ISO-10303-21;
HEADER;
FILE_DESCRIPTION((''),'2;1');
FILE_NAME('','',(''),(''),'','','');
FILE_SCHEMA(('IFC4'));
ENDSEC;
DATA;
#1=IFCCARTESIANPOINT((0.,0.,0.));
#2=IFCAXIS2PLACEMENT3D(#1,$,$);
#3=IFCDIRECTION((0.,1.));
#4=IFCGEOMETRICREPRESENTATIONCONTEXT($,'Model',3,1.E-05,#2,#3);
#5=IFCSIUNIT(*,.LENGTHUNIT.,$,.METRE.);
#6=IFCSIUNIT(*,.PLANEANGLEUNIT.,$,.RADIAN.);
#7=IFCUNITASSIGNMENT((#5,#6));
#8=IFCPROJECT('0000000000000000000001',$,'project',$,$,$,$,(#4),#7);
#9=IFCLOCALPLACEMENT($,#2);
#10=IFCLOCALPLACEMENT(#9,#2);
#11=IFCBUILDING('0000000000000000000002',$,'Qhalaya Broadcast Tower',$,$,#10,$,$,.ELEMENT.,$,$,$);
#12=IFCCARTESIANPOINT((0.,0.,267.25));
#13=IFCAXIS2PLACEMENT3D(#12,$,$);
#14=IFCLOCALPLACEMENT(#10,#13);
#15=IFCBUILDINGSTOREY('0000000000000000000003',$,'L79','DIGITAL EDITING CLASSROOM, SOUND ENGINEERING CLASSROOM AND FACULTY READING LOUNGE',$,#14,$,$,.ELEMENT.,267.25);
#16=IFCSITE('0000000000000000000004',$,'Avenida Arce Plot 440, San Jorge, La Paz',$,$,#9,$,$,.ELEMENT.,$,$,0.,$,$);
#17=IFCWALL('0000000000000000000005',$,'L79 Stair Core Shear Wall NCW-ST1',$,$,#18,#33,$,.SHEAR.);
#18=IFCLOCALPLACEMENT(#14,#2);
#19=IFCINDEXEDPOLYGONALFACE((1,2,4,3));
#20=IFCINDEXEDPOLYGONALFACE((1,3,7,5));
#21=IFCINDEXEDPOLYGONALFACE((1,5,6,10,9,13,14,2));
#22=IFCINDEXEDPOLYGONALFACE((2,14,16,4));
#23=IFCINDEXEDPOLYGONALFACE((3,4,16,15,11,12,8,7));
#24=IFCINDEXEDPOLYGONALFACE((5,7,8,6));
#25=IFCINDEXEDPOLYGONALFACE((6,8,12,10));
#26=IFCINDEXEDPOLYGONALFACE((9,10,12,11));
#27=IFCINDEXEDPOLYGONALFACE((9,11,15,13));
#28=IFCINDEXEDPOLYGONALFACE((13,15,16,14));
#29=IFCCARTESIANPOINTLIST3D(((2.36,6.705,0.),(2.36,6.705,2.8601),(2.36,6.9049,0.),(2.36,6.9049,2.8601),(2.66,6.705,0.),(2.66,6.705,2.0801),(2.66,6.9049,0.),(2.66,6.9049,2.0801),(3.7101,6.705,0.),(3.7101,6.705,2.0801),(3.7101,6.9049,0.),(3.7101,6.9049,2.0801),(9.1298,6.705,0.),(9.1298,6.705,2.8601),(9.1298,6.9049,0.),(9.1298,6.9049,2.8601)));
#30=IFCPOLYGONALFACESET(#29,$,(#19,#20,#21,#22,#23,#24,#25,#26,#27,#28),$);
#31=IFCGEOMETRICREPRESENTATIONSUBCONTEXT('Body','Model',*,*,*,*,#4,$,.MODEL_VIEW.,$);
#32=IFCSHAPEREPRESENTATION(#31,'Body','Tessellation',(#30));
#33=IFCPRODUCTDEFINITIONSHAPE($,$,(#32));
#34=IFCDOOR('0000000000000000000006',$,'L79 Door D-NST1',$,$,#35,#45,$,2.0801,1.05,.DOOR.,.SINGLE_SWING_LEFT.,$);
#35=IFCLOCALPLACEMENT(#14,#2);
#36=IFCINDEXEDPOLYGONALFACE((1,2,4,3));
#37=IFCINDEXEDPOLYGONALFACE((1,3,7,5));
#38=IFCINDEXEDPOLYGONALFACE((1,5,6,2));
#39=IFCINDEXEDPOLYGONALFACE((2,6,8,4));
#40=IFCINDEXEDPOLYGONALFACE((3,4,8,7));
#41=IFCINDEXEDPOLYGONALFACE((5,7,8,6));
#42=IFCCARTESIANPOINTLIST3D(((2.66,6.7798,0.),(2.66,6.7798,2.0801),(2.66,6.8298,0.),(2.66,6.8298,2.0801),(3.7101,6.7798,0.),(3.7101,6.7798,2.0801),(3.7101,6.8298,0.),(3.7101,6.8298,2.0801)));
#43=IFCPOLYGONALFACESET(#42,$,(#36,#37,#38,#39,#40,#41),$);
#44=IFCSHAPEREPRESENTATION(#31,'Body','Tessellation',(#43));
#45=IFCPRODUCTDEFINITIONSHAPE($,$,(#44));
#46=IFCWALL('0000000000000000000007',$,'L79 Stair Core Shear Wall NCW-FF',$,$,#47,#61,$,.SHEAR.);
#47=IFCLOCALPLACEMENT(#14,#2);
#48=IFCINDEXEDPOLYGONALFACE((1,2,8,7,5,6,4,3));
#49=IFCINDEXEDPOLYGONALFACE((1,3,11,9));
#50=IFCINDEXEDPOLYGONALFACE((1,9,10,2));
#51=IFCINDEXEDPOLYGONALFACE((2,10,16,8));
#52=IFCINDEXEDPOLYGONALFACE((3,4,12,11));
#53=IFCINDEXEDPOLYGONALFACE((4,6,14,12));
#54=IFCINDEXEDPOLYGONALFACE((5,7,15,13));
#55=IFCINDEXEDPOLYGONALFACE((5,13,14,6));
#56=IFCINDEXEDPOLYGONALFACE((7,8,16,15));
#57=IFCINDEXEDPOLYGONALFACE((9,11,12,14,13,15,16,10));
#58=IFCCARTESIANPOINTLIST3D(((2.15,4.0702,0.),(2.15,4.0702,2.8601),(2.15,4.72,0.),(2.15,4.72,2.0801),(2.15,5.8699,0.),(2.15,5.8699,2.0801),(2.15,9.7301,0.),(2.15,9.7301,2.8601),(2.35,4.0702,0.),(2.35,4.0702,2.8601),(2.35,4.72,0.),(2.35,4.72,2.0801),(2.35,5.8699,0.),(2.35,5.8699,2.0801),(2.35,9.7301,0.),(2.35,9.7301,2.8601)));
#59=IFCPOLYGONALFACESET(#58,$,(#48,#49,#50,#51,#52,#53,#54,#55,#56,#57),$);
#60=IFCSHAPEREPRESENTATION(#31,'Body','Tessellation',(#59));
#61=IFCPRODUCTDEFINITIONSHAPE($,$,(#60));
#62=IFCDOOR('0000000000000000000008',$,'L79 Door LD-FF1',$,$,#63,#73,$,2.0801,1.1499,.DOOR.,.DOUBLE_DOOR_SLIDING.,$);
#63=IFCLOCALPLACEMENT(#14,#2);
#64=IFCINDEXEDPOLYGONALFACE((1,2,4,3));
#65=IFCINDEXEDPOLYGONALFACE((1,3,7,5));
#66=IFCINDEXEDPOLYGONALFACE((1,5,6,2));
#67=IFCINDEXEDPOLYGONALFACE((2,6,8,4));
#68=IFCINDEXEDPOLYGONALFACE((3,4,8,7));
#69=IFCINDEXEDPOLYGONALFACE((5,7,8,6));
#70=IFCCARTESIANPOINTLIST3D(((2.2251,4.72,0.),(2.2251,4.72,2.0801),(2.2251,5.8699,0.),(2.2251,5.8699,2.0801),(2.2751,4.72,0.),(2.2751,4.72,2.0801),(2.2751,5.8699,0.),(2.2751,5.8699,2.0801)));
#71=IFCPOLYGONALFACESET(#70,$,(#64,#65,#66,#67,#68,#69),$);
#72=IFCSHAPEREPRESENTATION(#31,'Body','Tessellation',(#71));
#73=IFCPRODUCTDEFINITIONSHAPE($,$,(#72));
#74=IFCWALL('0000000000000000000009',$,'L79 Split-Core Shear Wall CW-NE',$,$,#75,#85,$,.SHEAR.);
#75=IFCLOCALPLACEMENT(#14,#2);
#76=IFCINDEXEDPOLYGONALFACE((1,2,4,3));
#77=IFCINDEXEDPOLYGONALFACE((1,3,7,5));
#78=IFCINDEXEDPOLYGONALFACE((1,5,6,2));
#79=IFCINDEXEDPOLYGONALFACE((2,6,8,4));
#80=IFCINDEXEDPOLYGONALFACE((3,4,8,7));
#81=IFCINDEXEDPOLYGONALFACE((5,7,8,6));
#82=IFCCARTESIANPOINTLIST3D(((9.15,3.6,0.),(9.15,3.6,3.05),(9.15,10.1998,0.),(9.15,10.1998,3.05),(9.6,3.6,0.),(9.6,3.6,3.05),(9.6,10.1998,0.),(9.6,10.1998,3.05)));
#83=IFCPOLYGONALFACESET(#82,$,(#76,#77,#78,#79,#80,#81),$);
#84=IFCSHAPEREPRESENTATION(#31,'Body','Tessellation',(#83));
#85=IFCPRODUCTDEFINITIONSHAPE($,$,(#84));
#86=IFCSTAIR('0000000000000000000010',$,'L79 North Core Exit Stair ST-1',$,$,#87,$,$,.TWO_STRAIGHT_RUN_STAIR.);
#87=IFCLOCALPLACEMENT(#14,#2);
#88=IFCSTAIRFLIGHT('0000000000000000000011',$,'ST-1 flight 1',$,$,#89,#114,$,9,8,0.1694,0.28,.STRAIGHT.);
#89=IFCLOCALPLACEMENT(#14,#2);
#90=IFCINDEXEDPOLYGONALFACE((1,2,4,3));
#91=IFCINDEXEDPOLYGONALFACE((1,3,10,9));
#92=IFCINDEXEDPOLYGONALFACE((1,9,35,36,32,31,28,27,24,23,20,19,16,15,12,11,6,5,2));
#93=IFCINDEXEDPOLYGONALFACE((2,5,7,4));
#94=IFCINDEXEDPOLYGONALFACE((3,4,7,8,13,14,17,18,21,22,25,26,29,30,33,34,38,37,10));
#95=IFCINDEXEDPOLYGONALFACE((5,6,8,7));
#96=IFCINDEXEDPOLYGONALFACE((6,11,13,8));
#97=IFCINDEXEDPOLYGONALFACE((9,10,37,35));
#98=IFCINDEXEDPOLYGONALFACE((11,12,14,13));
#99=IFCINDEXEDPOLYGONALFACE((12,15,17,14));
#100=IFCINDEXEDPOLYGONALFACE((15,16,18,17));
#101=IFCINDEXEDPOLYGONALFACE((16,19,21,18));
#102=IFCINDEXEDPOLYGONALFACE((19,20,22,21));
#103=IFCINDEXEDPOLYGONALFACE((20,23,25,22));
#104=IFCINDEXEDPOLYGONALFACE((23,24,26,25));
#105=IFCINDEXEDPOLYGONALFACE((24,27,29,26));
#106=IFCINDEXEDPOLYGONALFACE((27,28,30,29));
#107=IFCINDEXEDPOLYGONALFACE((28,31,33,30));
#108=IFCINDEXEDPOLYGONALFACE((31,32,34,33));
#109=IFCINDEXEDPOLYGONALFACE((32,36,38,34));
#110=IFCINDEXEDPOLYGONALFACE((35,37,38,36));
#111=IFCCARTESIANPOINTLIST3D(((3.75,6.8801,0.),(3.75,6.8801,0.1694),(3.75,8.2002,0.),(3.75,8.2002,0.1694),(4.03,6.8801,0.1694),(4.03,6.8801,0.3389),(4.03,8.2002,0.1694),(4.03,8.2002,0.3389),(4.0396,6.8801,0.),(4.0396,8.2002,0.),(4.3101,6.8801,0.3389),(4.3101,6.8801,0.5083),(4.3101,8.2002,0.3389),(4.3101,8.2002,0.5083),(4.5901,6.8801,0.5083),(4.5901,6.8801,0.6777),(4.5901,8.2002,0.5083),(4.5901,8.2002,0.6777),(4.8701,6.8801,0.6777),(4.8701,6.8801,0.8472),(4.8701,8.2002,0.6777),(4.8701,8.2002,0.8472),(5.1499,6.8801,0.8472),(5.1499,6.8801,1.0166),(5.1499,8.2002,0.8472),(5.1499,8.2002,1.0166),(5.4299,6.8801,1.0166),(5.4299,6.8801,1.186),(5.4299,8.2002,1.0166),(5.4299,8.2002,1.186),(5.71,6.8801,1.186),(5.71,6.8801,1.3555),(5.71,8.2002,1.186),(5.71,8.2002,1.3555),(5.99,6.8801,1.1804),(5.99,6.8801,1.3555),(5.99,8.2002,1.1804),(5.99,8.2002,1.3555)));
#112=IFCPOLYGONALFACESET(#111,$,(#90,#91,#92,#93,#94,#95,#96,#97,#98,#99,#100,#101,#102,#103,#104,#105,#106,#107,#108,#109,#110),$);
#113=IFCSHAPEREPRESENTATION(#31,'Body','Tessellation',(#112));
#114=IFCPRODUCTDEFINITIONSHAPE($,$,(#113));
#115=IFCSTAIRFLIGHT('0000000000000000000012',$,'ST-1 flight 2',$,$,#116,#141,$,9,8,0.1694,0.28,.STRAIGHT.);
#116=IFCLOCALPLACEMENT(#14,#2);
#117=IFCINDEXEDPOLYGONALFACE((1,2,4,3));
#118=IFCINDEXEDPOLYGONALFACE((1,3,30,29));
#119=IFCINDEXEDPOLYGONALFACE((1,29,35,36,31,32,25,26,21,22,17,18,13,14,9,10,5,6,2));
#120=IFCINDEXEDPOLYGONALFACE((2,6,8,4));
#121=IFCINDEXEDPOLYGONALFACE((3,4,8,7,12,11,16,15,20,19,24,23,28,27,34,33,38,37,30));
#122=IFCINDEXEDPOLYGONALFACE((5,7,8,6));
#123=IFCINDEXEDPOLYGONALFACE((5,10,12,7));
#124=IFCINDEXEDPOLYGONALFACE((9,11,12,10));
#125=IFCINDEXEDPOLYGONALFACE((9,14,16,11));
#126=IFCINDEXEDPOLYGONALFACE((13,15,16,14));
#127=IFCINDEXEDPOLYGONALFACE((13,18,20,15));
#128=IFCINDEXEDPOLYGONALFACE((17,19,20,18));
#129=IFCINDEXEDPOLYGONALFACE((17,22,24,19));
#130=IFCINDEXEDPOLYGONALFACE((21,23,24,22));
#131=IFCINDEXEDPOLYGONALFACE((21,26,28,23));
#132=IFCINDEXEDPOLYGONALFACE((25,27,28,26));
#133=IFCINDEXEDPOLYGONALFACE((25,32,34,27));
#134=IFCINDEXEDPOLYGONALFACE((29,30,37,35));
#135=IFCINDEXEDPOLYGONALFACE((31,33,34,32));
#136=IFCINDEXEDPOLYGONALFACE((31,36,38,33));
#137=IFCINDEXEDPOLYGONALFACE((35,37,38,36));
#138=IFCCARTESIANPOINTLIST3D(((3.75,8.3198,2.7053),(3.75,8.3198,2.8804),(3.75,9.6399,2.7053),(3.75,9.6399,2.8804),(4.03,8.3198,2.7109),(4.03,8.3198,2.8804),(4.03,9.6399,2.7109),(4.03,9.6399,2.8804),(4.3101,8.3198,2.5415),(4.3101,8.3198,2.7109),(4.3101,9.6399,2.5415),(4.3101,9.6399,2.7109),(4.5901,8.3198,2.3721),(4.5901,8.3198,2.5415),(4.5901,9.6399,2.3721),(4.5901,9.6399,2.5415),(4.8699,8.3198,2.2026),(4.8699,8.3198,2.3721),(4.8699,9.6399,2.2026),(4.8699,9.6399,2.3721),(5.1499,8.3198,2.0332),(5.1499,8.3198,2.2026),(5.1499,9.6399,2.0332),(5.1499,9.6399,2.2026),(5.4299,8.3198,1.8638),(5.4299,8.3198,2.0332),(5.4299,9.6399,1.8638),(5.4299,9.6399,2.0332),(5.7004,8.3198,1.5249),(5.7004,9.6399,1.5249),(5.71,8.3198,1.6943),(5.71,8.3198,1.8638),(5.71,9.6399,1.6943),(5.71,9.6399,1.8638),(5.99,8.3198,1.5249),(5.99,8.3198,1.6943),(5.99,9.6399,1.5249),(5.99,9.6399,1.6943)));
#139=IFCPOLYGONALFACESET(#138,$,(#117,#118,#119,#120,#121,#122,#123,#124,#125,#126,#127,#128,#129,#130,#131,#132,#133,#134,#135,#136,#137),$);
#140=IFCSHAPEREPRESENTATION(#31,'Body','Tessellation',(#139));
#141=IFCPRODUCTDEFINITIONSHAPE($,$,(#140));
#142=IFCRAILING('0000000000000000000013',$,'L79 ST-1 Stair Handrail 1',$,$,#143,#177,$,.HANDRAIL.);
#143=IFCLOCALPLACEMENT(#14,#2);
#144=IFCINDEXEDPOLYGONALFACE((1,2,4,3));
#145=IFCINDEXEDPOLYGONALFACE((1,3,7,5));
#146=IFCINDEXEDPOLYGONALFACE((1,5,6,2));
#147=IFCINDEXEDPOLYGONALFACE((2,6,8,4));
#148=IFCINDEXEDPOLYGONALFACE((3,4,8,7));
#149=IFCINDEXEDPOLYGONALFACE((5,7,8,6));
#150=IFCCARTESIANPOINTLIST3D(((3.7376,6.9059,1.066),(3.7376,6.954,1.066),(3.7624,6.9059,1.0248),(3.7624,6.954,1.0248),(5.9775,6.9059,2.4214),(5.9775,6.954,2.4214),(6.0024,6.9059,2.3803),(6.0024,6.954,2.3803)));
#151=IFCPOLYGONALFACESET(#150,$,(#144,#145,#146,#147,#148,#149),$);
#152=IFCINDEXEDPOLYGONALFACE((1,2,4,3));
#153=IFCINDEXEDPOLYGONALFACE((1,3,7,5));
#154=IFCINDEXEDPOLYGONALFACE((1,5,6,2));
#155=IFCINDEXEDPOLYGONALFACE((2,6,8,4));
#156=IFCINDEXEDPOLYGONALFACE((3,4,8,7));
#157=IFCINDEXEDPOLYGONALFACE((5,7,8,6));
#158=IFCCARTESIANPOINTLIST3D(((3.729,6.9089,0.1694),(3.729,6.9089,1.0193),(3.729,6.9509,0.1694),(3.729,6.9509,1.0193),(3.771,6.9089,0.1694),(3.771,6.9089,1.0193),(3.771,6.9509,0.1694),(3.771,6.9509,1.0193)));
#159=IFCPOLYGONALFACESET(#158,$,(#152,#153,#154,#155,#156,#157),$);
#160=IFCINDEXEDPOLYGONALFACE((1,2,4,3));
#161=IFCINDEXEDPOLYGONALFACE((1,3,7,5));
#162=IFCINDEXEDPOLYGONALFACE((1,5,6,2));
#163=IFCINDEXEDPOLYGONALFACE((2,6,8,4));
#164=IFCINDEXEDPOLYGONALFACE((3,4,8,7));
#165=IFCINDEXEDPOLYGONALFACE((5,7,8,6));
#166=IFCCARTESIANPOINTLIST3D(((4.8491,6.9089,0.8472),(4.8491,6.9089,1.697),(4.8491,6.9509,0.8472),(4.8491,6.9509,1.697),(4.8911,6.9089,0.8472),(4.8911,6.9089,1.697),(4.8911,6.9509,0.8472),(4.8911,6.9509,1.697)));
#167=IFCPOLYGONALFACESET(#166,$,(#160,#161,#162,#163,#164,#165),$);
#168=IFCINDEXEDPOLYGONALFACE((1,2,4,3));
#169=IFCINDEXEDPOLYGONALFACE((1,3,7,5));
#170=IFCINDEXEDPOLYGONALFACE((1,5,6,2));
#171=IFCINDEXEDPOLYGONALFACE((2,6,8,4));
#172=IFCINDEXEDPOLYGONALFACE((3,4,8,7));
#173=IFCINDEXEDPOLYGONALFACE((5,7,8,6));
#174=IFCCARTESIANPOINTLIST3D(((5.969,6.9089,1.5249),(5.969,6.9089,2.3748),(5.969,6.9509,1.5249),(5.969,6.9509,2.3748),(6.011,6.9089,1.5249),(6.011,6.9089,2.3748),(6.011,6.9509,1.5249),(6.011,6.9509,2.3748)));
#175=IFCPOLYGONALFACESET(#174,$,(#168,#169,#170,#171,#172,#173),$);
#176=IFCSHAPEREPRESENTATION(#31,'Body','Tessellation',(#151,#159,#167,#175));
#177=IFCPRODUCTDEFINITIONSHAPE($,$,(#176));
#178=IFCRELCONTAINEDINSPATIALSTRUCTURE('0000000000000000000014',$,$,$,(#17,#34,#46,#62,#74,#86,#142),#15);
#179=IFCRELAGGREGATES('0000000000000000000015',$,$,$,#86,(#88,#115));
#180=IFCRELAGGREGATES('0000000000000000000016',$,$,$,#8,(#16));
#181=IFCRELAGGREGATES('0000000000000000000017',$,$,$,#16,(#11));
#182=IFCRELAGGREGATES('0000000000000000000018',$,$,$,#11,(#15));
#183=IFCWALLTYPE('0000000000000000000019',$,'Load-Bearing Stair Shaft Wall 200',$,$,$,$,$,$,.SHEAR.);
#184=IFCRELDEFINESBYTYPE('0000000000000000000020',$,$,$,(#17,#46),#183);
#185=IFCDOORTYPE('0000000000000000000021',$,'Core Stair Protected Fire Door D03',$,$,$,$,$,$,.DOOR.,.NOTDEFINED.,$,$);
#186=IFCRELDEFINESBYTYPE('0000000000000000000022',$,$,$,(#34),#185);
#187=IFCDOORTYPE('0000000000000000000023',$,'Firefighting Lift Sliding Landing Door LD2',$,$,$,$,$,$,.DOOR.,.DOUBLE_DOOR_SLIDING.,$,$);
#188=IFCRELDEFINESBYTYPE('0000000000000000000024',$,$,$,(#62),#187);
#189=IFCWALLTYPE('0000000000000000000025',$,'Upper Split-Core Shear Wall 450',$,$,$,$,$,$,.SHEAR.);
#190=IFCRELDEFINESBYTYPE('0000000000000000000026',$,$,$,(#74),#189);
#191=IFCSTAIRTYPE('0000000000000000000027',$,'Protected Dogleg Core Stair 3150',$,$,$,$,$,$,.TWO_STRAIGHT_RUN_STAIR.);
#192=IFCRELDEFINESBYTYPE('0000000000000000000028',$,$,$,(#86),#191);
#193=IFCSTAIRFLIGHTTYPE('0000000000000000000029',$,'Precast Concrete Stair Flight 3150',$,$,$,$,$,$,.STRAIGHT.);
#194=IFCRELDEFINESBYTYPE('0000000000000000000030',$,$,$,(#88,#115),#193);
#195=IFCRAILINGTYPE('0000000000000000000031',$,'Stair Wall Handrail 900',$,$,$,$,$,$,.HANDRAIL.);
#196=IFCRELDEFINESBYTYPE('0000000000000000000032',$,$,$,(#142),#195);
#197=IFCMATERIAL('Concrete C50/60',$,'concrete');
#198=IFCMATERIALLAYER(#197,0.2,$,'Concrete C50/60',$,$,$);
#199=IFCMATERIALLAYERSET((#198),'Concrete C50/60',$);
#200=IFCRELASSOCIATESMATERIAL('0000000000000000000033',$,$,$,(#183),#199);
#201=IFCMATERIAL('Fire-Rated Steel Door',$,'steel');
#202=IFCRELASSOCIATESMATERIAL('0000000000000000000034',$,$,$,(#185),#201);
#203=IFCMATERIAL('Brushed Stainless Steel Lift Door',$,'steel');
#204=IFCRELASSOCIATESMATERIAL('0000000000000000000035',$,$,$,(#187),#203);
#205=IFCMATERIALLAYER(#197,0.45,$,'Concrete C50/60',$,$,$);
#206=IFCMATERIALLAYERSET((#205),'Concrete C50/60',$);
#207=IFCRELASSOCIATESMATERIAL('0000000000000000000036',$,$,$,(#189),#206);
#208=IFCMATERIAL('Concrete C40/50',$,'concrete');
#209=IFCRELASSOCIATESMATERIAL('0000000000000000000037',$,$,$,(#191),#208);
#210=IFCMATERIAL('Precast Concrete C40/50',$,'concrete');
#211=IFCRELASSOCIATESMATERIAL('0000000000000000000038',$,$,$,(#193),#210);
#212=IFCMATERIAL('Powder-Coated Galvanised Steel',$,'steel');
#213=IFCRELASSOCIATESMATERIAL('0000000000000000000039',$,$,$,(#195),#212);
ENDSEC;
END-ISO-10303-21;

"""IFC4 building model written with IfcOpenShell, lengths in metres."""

from ifc_helpers import new_model, si_unit, direction, frame, frame_2d, origin, origin_2d, place, context, subcontext, project, spatial, polyline, rectangle, outline, extrude, material, layer, layer_set, type_object, element, fill, aggregate, save


model = new_model("IFC4")

# Units and contexts
model_context = context("Model", 3, precision=1e-05, world=origin(), true_north=direction((0.0, 1.0)))
body_context = subcontext(model_context, "Body", "Model", "MODEL_VIEW")
ifc_project = project(units=[si_unit("LENGTHUNIT", "METRE"), si_unit("PLANEANGLEUNIT", "RADIAN")], contexts=[model_context])

# Site, building, storey
site_placement = place(None, origin())
site = spatial("IfcSite", under=ifc_project, at=site_placement, Name="Avenida Arce Plot 440, San Jorge, La Paz", CompositionType="ELEMENT", RefElevation=0.0)
building_placement = place(site_placement, origin())
building = spatial("IfcBuilding", under=site, at=building_placement, Name="Qhalaya Broadcast Tower", CompositionType="ELEMENT")
storey_placement = place(building_placement, frame((0.0, 0.0, 267.25)))
storey = spatial("IfcBuildingStorey", under=building, at=storey_placement, Name="L79", Description="DIGITAL EDITING CLASSROOM, SOUND ENGINEERING CLASSROOM AND FACULTY READING LOUNGE", CompositionType="ELEMENT", Elevation=267.25)

# Shared definitions
ifc_material_1 = material(Name="Concrete C50/60", Category="concrete")

# Walls, openings, doors
ifc_layer_1 = layer(ifc_material_1, 0.2, Name="Concrete C50/60")
ifc_layer_set_1 = layer_set([ifc_layer_1], Name="Concrete C50/60")
wall_type_1 = type_object("IfcWallType", Name="Load-Bearing Stair Shaft Wall 200", PredefinedType="SHEAR", material=ifc_layer_set_1)
wall_1_placement = place(storey_placement, frame((2.3601, 6.8049, 0.0), z_axis=(0.0, 0.0, 1.0), x_axis=(1.0, 0.0, 0.0)))
wall_1 = element("IfcWall", 1, at=wall_1_placement, inside=storey, type_object=wall_type_1, Name="L79 Stair Core Shear Wall NCW-ST1", PredefinedType="SHEAR", context=body_context, shape_type="SweptSolid", body=[
    extrude(rectangle(XDim=6.7698, YDim=0.2, at=frame_2d((3.3848, 0.0))), origin(), (0.0, 0.0, 1.0), 2.8601),
])
opening_1_placement = place(wall_1_placement, frame((0.3, 0.0, 0.0)))
opening_1 = element("IfcOpeningElement", 2, at=opening_1_placement, cuts=wall_1, PredefinedType="OPENING", context=body_context, shape_type="SweptSolid", body=[
    extrude(rectangle(XDim=1.05, YDim=2.0801, at=frame_2d((0.5249, 1.04))), frame((0.0, 0.1121, 0.0), z_axis=(0.0, -1.0, 0.0), x_axis=(1.0, 0.0, 0.0)), (0.0, 0.0, 1.0), 0.2239),
])
ifc_material_2 = material(Name="Fire-Rated Steel Door", Category="steel")
door_type_1 = type_object("IfcDoorType", Name="Core Stair Protected Fire Door D03", OperationType="NOTDEFINED", PredefinedType="DOOR", material=ifc_material_2)
door_1_placement = place(opening_1_placement, origin())
door_1 = element("IfcDoor", 3, at=door_1_placement, inside=storey, type_object=door_type_1, Name="L79 Door D-NST1", OperationType="SINGLE_SWING_LEFT", OverallHeight=2.0801, OverallWidth=1.05, PredefinedType="DOOR", context=body_context, shape_type="SweptSolid", body=[
    extrude(rectangle(XDim=1.05, YDim=2.0801, at=frame_2d((0.5249, 1.04))), frame((0.0, 0.0249, 0.0), z_axis=(0.0, -1.0, 0.0), x_axis=(1.0, 0.0, 0.0)), (0.0, 0.0, 1.0), 0.05),
])
fill(opening_1, door_1)
wall_2_placement = place(storey_placement, frame((2.25, 4.0701, 0.0), z_axis=(0.0, 0.0, 1.0), x_axis=(0.0, 1.0, 0.0)))
wall_2 = element("IfcWall", 4, at=wall_2_placement, inside=storey, type_object=wall_type_1, Name="L79 Stair Core Shear Wall NCW-FF", PredefinedType="SHEAR", context=body_context, shape_type="SweptSolid", body=[
    extrude(rectangle(XDim=5.6599, YDim=0.2, at=frame_2d((2.8301, 0.0))), origin(), (0.0, 0.0, 1.0), 2.8601),
])
opening_2_placement = place(wall_2_placement, frame((0.6499, 0.0, 0.0)))
opening_2 = element("IfcOpeningElement", 5, at=opening_2_placement, cuts=wall_2, PredefinedType="OPENING", context=body_context, shape_type="SweptSolid", body=[
    extrude(rectangle(XDim=1.1499, YDim=2.0801, at=frame_2d((0.575, 1.04))), frame((0.0, 0.1121, 0.0), z_axis=(0.0, -1.0, 0.0), x_axis=(1.0, 0.0, 0.0)), (0.0, 0.0, 1.0), 0.2239),
])
ifc_material_3 = material(Name="Brushed Stainless Steel Lift Door", Category="steel")
door_type_2 = type_object("IfcDoorType", Name="Firefighting Lift Sliding Landing Door LD2", OperationType="DOUBLE_DOOR_SLIDING", PredefinedType="DOOR", material=ifc_material_3)
door_2_placement = place(opening_2_placement, origin())
door_2 = element("IfcDoor", 6, at=door_2_placement, inside=storey, type_object=door_type_2, Name="L79 Door LD-FF1", OperationType="DOUBLE_DOOR_SLIDING", OverallHeight=2.0801, OverallWidth=1.1499, PredefinedType="DOOR", context=body_context, shape_type="SweptSolid", body=[
    extrude(rectangle(XDim=1.1499, YDim=2.0801, at=frame_2d((0.575, 1.04))), frame((0.0, 0.0249, 0.0), z_axis=(0.0, -1.0, 0.0), x_axis=(1.0, 0.0, 0.0)), (0.0, 0.0, 1.0), 0.05),
])
fill(opening_2, door_2)

# Wall
ifc_layer_2 = layer(ifc_material_1, 0.45, Name="Concrete C50/60")
ifc_layer_set_2 = layer_set([ifc_layer_2], Name="Concrete C50/60")
wall_type_2 = type_object("IfcWallType", Name="Upper Split-Core Shear Wall 450", PredefinedType="SHEAR", material=ifc_layer_set_2)
wall_3_placement = place(storey_placement, frame((9.375, 3.6001, 0.0), z_axis=(0.0, 0.0, 1.0), x_axis=(0.0, 1.0, 0.0)))
element("IfcWall", 7, at=wall_3_placement, inside=storey, type_object=wall_type_2, Name="L79 Split-Core Shear Wall CW-NE", PredefinedType="SHEAR", context=body_context, shape_type="SweptSolid", body=[
    extrude(rectangle(XDim=6.5999, YDim=0.45, at=frame_2d((3.2998, 0.0))), origin(), (0.0, 0.0, 1.0), 3.05),
])

# Stair, stair flights
ifc_material_4 = material(Name="Concrete C40/50", Category="concrete")
stair_type = type_object("IfcStairType", Name="Protected Dogleg Core Stair 3150", PredefinedType="TWO_STRAIGHT_RUN_STAIR", material=ifc_material_4)
stair_placement = place(storey_placement, origin())
stair = element("IfcStair", 8, at=stair_placement, inside=storey, type_object=stair_type, Name="L79 North Core Exit Stair ST-1", PredefinedType="TWO_STRAIGHT_RUN_STAIR")
ifc_material_5 = material(Name="Precast Concrete C40/50", Category="concrete")
stair_flight_type = type_object("IfcStairFlightType", Name="Precast Concrete Stair Flight 3150", PredefinedType="STRAIGHT", material=ifc_material_5)
stair_flight_1_placement = place(storey_placement, frame((3.75, 7.54, 0.0), z_axis=(0.0, 0.0, 1.0), x_axis=(1.0, 0.0, 0.0)))
stair_flight_1 = element("IfcStairFlight", 9, at=stair_flight_1_placement, type_object=stair_flight_type, Name="ST-1 flight 1", NumberOfRisers=9, NumberOfTreads=8, PredefinedType="STRAIGHT", RiserHeight=0.1694, TreadLength=0.28, context=body_context, shape_type="SweptSolid", body=[
    extrude(outline(polyline([(0.0, 0.0), (0.0, 0.1694), (0.28, 0.1694), (0.28, 0.3389), (0.5601, 0.3389), (0.5601, 0.5083), (0.8401, 0.5083), (0.8401, 0.6777), (1.1201, 0.6777), (1.1201, 0.8472), (1.3999, 0.8472), (1.3999, 1.0166), (1.6799, 1.0166), (1.6799, 1.186), (1.96, 1.186), (1.96, 1.3555), (2.24, 1.3555), (2.24, 1.5249), (2.24, 1.1804), (0.2896, 0.0), (0.0, 0.0)])), frame((0.0, 0.6602, 0.0), z_axis=(0.0, -1.0, 0.0), x_axis=(1.0, 0.0, 0.0)), (0.0, 0.0, 1.0), 1.3201),
])
stair_flight_2_placement = place(storey_placement, frame((5.99, 8.98, 1.5249), z_axis=(0.0, 0.0, 1.0), x_axis=(-1.0, 0.0, 0.0)))
stair_flight_2 = element("IfcStairFlight", 10, at=stair_flight_2_placement, type_object=stair_flight_type, Name="ST-1 flight 2", NumberOfRisers=9, NumberOfTreads=8, PredefinedType="STRAIGHT", RiserHeight=0.1694, TreadLength=0.28, context=body_context, shape_type="SweptSolid", body=[
    extrude(outline(polyline([(0.0, 0.0), (0.0, 0.1694), (0.28, 0.1694), (0.28, 0.3389), (0.5601, 0.3389), (0.5601, 0.5083), (0.8401, 0.5083), (0.8401, 0.6777), (1.1201, 0.6777), (1.1201, 0.8472), (1.3999, 0.8472), (1.3999, 1.0166), (1.6799, 1.0166), (1.6799, 1.186), (1.96, 1.186), (1.96, 1.3555), (2.24, 1.3555), (2.24, 1.5249), (2.24, 1.1804), (0.2896, 0.0), (0.0, 0.0)])), frame((0.0, 0.6602, 0.0), z_axis=(0.0, -1.0, 0.0), x_axis=(1.0, 0.0, 0.0)), (0.0, 0.0, 1.0), 1.3201),
])
aggregate(stair, [stair_flight_1, stair_flight_2])

# Railing
ifc_material_6 = material(Name="Powder-Coated Galvanised Steel", Category="steel")
railing_type_1 = type_object("IfcRailingType", Name="Stair Wall Handrail 900", PredefinedType="HANDRAIL", material=ifc_material_6)
railing_1_placement = place(storey_placement, frame((3.75, 6.9299, 0.1694)))
element("IfcRailing", 11, at=railing_1_placement, inside=storey, type_object=railing_type_1, Name="L79 ST-1 Stair Handrail 1", PredefinedType="HANDRAIL", context=body_context, shape_type="SweptSolid", body=[
    extrude(rectangle(XDim=0.0481, YDim=0.0481, at=origin_2d()), frame((0.0, 0.0, 0.876), z_axis=(0.855553, 0.0, 0.517715), x_axis=(0.0, 1.0, 0.0)), (0.0, 0.0, 1.0), 2.6182),
    extrude(rectangle(XDim=0.042, YDim=0.042, at=origin_2d()), origin(), (0.0, 0.0, 1.0), 0.8499),
    extrude(rectangle(XDim=0.042, YDim=0.042, at=origin_2d()), frame((1.1201, 0.0, 0.6777)), (0.0, 0.0, 1.0), 0.8499),
    extrude(rectangle(XDim=0.042, YDim=0.042, at=origin_2d()), frame((2.24, 0.0, 1.3555)), (0.0, 0.0, 1.0), 0.8499),
])

save(model, "model.ifc")
